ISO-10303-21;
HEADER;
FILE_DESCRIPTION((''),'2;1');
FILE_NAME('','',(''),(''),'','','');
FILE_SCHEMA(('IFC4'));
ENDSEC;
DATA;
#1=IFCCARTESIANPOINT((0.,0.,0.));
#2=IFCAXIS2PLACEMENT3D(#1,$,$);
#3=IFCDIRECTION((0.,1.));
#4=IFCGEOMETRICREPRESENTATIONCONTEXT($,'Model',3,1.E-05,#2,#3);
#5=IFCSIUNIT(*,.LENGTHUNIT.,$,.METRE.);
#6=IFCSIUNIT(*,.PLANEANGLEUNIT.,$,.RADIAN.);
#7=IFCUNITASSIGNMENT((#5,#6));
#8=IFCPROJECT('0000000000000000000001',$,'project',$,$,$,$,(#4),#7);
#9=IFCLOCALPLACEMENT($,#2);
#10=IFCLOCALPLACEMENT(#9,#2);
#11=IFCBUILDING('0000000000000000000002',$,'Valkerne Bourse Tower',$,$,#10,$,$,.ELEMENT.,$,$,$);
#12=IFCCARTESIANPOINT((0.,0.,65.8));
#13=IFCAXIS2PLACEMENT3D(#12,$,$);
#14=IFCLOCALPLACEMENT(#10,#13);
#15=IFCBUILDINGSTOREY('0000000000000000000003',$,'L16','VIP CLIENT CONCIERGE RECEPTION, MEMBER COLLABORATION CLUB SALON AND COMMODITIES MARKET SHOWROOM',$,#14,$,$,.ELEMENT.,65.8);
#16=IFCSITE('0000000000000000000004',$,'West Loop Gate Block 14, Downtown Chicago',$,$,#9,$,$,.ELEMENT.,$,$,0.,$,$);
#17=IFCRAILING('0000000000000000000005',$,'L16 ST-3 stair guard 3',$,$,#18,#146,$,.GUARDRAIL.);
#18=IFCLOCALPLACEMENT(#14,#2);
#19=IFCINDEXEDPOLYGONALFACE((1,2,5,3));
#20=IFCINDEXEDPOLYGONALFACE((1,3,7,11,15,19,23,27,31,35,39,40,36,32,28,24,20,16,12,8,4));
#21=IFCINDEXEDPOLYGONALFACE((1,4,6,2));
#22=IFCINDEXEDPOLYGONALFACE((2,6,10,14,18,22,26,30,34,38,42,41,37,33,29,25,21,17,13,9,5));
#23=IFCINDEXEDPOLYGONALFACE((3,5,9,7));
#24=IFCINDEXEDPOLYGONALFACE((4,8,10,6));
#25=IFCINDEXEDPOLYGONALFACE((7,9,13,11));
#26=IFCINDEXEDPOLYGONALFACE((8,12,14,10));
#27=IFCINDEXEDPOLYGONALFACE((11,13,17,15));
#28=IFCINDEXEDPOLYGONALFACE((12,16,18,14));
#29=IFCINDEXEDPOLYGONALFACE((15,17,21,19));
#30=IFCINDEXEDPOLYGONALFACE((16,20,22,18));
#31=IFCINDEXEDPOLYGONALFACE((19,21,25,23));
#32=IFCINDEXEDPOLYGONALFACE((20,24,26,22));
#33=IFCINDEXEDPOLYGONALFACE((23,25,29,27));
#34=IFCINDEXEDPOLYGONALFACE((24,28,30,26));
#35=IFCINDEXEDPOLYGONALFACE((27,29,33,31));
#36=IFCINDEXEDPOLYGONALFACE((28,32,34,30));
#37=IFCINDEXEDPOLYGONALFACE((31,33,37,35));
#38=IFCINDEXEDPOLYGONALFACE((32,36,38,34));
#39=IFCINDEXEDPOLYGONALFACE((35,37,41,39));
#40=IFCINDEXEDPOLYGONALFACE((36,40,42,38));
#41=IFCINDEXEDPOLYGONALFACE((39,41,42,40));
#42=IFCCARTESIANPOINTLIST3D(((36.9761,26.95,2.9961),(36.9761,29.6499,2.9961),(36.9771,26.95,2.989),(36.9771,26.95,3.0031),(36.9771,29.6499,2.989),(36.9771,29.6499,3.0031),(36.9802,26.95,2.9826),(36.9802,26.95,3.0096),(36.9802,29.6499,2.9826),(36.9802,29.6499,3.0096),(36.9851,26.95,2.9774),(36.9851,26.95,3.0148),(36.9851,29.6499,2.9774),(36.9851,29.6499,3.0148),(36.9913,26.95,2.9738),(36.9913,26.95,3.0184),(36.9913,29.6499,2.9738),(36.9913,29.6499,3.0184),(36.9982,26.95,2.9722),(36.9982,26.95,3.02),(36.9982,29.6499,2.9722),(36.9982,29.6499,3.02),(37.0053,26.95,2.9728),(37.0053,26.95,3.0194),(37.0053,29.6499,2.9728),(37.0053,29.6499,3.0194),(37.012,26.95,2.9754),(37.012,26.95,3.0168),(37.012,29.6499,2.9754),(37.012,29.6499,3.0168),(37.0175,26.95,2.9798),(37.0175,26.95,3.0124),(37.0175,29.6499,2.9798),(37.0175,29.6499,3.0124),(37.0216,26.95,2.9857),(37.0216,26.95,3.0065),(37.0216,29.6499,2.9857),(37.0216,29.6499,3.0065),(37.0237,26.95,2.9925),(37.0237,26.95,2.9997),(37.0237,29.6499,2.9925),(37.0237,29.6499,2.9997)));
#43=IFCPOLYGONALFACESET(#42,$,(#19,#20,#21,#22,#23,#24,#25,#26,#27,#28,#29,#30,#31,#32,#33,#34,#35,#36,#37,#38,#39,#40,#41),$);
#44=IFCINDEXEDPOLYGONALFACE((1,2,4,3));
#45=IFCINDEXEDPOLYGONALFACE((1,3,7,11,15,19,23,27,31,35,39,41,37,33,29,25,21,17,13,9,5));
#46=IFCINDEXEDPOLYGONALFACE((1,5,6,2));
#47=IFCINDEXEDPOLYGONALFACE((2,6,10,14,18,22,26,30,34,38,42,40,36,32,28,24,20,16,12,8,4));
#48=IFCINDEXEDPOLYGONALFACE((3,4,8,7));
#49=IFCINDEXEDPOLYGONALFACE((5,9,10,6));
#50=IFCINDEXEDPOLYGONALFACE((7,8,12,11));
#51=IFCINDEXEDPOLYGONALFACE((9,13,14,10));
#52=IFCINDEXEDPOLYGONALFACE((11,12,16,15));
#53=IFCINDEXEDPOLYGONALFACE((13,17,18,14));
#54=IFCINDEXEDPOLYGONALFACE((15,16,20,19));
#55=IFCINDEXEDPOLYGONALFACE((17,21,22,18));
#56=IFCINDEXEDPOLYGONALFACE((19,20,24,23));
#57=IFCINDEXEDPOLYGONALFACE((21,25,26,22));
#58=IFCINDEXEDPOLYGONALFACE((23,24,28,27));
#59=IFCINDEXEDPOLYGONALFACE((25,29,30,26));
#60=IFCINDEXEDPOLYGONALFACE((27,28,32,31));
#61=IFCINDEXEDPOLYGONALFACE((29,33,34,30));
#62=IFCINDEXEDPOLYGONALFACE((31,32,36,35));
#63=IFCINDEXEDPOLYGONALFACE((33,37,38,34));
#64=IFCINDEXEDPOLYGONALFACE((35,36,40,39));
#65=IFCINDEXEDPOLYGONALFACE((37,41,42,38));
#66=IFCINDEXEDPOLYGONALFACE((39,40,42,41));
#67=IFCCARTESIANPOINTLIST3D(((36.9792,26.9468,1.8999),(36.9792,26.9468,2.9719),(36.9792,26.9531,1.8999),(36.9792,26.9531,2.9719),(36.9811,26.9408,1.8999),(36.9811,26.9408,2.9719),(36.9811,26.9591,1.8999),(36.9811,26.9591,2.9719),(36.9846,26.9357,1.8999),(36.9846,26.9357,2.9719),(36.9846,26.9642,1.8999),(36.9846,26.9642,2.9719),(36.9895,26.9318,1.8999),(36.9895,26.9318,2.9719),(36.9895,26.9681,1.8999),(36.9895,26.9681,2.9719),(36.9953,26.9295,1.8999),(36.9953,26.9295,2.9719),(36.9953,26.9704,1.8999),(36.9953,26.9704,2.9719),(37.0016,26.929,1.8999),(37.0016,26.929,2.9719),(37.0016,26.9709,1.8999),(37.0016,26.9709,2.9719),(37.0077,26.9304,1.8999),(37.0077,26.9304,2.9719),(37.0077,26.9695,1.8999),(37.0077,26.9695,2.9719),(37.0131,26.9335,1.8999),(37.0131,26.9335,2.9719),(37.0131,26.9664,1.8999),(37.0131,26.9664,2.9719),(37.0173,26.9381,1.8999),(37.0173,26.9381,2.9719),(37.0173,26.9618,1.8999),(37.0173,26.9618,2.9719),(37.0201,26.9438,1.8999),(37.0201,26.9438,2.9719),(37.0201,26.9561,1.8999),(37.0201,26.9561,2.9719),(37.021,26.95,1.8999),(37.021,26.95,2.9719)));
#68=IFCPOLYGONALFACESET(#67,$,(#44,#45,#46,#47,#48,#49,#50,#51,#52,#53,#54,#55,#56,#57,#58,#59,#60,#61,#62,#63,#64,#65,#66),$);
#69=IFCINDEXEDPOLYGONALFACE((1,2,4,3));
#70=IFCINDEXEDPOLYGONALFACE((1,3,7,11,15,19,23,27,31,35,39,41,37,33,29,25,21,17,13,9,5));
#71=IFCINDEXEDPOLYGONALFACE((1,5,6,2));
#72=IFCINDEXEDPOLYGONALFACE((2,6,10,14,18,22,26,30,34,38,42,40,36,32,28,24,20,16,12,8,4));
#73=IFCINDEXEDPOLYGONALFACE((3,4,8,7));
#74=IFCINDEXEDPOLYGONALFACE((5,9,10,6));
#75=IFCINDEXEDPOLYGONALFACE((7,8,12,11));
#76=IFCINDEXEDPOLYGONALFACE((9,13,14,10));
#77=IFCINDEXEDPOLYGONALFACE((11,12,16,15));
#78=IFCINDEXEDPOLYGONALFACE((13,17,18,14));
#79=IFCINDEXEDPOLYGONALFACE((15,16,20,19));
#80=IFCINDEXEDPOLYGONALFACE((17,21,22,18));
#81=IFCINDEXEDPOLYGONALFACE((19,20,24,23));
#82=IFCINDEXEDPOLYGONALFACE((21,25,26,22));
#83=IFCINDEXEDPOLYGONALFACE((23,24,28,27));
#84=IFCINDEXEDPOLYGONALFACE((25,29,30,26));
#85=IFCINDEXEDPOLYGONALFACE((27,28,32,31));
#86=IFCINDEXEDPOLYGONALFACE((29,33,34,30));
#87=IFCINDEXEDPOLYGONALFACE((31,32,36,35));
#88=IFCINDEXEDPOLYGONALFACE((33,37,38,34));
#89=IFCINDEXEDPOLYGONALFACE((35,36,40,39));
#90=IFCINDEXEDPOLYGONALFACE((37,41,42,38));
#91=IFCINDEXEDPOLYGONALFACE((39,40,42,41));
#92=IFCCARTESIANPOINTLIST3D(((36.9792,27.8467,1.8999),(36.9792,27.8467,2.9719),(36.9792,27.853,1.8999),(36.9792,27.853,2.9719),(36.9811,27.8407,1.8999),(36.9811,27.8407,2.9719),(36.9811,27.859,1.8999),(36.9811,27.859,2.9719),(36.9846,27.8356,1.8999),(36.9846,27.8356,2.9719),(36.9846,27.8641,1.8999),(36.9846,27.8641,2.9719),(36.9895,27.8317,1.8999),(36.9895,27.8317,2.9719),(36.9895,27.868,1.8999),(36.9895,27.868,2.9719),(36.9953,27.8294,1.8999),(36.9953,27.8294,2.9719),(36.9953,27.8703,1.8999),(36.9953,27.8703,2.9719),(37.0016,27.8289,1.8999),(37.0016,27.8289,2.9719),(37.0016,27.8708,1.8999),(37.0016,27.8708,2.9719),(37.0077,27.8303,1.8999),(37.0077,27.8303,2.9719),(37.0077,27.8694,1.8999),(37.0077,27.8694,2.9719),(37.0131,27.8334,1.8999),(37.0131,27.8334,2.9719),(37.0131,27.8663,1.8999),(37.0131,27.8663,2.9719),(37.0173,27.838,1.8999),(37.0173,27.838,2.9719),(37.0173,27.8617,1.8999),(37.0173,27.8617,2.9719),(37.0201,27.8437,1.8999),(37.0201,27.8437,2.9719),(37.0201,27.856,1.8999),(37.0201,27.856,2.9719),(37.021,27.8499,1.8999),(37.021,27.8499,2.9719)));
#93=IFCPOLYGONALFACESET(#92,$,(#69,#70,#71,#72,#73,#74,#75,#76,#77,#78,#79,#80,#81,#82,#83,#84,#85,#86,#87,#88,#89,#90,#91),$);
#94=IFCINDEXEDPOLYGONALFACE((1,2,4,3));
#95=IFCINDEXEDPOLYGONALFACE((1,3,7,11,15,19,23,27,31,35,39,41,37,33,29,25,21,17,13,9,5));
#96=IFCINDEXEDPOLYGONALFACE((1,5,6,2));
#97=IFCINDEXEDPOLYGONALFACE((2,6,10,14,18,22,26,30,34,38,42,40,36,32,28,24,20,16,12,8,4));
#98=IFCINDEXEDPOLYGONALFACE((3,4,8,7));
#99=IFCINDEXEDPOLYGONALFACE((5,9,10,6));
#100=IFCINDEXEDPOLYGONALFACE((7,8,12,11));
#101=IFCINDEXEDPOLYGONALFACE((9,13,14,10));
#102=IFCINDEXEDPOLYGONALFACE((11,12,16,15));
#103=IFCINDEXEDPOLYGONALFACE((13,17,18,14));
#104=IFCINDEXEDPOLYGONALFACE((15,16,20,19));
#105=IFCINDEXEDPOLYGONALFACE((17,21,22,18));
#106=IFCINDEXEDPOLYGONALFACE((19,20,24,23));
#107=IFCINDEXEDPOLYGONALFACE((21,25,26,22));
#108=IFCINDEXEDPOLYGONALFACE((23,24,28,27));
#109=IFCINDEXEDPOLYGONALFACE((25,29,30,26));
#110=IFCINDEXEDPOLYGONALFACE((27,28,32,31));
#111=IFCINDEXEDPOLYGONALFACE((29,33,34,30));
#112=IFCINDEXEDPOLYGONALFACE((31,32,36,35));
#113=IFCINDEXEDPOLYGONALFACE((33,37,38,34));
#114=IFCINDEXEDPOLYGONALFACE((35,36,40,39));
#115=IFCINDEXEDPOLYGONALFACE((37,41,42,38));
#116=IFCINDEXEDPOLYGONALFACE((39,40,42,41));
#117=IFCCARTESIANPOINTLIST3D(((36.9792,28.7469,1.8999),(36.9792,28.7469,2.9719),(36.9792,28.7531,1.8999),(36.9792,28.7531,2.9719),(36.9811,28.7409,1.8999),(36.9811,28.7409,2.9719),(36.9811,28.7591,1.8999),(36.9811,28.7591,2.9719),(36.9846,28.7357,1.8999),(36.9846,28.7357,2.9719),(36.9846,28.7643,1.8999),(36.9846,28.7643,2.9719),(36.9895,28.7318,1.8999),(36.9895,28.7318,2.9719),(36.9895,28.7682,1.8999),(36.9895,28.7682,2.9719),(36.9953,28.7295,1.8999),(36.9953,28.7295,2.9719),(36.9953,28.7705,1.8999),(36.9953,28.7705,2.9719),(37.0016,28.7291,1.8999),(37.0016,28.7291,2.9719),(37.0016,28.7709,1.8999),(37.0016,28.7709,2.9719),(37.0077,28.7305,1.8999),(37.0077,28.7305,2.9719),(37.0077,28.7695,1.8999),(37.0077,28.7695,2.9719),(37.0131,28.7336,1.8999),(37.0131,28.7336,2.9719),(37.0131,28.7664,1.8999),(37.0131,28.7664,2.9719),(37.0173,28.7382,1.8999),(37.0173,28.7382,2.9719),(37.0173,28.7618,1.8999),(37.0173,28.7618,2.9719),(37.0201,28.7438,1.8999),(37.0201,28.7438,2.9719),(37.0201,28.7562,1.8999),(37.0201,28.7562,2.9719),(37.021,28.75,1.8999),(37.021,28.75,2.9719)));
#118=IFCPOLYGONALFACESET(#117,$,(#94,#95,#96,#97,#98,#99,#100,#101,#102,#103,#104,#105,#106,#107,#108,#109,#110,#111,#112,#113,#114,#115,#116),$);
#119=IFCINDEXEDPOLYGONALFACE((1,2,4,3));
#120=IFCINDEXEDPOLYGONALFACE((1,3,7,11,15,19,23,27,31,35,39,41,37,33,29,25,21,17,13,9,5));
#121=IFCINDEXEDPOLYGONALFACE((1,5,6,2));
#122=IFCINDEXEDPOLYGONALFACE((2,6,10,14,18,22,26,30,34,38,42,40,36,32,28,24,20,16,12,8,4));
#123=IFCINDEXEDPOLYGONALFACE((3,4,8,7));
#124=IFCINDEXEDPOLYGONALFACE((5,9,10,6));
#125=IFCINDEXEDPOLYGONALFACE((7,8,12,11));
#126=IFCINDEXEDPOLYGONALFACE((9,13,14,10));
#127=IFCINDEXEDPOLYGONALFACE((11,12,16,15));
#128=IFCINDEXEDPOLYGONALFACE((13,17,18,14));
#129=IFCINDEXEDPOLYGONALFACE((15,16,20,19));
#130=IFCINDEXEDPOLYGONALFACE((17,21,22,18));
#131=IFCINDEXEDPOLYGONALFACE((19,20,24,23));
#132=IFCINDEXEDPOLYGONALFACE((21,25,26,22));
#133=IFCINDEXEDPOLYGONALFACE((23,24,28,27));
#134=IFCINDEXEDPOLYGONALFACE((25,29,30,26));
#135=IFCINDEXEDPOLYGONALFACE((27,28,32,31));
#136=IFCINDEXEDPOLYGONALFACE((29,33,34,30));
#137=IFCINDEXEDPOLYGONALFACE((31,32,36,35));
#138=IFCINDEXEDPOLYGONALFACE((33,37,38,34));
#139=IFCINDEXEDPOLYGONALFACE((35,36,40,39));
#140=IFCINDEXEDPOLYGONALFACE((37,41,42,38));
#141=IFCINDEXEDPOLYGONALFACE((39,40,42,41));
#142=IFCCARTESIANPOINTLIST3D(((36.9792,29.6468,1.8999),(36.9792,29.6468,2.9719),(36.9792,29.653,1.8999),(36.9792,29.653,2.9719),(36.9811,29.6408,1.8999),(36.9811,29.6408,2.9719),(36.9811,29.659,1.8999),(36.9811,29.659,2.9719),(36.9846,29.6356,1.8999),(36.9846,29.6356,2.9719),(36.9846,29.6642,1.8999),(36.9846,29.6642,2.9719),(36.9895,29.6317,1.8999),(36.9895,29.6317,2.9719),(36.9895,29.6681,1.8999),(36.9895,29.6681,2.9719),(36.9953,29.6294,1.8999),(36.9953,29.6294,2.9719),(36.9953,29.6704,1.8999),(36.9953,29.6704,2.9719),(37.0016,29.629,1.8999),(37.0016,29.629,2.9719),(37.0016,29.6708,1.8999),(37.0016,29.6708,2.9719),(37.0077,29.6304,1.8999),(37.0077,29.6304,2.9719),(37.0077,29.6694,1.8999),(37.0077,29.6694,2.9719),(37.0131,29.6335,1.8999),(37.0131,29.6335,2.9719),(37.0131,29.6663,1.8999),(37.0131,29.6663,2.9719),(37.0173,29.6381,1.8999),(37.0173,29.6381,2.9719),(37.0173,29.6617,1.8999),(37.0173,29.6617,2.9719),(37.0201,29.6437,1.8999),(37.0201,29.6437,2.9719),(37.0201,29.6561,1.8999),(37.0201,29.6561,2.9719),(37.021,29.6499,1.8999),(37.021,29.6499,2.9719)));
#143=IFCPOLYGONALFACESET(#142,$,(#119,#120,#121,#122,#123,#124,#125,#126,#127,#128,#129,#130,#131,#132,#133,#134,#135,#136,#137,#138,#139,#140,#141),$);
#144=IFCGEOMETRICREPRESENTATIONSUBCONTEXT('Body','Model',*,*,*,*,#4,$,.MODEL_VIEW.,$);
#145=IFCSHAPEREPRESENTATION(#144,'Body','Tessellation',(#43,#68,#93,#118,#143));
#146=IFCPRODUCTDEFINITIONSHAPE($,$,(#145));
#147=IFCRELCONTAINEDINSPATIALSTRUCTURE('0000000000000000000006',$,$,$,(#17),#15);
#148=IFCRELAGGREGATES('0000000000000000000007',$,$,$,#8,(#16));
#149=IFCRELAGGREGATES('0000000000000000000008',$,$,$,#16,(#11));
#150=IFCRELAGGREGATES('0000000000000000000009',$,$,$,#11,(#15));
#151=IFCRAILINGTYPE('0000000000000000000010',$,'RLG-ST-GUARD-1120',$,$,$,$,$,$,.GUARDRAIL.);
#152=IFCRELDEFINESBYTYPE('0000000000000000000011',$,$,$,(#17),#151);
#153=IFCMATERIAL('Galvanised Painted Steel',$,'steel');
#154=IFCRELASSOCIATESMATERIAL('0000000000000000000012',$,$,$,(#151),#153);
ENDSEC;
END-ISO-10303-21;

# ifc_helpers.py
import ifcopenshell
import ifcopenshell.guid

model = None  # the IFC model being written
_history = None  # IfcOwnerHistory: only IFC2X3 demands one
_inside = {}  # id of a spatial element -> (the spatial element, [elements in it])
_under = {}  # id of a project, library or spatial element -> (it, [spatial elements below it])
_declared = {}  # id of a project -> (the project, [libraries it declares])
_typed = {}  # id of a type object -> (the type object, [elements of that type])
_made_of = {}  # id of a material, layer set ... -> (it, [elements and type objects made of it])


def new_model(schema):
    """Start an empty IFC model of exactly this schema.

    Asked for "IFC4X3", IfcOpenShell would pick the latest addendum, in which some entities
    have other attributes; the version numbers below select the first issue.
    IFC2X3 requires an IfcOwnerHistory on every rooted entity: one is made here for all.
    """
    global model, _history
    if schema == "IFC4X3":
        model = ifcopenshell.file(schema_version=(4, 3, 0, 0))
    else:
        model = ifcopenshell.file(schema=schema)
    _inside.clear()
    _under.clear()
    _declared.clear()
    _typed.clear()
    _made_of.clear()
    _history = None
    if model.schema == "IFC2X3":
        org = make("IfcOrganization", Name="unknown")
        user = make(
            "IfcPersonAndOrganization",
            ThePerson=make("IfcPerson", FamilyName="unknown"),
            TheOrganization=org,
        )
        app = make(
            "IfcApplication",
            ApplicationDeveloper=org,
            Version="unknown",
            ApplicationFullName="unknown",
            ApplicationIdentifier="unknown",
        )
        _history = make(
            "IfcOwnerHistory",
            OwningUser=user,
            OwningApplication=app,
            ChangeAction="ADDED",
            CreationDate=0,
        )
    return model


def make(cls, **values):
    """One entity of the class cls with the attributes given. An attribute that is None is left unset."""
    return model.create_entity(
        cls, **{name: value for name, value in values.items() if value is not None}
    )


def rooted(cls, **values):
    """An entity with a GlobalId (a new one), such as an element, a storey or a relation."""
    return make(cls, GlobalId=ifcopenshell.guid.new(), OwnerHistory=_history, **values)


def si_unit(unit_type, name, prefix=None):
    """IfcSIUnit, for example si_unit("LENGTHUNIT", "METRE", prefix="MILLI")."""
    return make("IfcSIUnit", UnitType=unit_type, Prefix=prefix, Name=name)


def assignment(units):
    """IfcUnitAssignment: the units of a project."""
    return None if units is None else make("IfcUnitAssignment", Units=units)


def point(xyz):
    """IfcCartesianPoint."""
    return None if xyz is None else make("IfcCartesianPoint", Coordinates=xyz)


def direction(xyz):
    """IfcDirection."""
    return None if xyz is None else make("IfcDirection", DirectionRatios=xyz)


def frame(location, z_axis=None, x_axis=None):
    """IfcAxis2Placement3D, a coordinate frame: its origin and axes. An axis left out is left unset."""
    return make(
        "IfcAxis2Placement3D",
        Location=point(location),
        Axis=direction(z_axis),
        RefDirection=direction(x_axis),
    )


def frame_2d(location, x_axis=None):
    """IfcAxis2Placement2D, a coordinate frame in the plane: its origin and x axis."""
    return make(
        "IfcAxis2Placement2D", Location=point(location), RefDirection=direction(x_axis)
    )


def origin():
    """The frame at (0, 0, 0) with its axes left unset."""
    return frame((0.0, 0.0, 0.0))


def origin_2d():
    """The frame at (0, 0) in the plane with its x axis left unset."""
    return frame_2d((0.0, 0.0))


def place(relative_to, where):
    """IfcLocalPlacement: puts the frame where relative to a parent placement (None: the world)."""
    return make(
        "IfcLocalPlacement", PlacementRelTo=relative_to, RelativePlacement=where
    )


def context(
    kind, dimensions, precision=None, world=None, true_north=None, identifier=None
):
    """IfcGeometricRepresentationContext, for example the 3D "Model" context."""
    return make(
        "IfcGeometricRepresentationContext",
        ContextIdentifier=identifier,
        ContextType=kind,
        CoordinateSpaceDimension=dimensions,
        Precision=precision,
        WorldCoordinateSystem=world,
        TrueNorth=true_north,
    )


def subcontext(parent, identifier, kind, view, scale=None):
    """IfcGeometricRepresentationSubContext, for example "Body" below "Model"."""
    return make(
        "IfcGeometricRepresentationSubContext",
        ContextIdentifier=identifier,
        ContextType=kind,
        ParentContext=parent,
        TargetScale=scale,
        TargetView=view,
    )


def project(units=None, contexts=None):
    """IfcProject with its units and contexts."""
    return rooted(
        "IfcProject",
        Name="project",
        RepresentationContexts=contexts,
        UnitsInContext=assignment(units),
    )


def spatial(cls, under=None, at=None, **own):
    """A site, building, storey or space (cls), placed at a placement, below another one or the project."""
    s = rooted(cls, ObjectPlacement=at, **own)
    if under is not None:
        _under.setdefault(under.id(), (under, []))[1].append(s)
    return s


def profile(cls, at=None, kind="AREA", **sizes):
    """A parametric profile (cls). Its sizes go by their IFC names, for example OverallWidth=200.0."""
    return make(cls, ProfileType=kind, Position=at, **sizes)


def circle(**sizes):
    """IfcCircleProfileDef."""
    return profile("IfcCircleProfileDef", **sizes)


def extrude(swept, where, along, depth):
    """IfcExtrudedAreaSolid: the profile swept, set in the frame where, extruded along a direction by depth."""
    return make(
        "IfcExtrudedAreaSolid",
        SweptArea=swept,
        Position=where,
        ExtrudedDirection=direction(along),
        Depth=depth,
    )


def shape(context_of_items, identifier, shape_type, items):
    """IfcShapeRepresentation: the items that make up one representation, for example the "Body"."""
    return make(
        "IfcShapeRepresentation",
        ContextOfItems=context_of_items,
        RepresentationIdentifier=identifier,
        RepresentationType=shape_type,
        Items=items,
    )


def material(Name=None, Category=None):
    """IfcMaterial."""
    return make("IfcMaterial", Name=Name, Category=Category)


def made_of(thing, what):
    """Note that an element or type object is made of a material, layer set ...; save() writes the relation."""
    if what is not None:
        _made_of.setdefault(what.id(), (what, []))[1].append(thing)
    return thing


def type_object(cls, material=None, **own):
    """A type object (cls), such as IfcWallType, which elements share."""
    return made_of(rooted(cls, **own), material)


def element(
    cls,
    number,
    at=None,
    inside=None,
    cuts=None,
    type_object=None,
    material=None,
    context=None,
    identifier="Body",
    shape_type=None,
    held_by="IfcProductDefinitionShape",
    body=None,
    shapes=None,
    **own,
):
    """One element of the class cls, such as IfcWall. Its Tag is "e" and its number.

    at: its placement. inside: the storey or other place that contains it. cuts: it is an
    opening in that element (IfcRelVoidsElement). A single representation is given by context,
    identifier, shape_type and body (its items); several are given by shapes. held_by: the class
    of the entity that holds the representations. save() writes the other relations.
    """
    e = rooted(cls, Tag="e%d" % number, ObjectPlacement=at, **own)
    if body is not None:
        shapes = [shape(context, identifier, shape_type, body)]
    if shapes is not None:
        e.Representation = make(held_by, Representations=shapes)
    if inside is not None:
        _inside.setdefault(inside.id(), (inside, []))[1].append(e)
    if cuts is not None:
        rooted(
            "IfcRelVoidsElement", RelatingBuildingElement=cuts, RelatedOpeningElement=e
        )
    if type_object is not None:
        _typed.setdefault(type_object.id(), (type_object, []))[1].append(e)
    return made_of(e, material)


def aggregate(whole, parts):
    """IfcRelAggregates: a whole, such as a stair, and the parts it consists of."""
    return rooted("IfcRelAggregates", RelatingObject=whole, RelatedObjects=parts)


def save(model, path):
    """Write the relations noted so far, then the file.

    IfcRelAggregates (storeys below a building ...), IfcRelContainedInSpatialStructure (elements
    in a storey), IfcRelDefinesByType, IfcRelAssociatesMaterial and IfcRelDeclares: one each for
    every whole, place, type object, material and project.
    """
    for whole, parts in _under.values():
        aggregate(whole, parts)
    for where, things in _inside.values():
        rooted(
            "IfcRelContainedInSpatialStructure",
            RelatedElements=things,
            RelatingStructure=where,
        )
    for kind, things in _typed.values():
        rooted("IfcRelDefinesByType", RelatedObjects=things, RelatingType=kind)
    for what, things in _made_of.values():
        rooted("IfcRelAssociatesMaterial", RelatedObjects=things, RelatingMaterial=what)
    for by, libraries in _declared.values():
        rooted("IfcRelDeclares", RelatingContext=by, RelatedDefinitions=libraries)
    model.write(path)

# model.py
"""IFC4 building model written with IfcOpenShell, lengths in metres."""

from ifc_helpers import new_model, si_unit, direction, frame, origin, origin_2d, place, context, subcontext, project, spatial, circle, extrude, material, type_object, element, save


model = new_model("IFC4")

# Units and contexts
model_context = context("Model", 3, precision=1e-05, world=origin(), true_north=direction((0.0, 1.0)))
body_context = subcontext(model_context, "Body", "Model", "MODEL_VIEW")
ifc_project = project(units=[si_unit("LENGTHUNIT", "METRE"), si_unit("PLANEANGLEUNIT", "RADIAN")], contexts=[model_context])

# Site, building, storey
site_placement = place(None, origin())
site = spatial("IfcSite", under=ifc_project, at=site_placement, Name="West Loop Gate Block 14, Downtown Chicago", CompositionType="ELEMENT", RefElevation=0.0)
building_placement = place(site_placement, origin())
building = spatial("IfcBuilding", under=site, at=building_placement, Name="Valkerne Bourse Tower", CompositionType="ELEMENT")
storey_placement = place(building_placement, frame((0.0, 0.0, 65.8)))
storey = spatial("IfcBuildingStorey", under=building, at=storey_placement, Name="L16", Description="VIP CLIENT CONCIERGE RECEPTION, MEMBER COLLABORATION CLUB SALON AND COMMODITIES MARKET SHOWROOM", CompositionType="ELEMENT", Elevation=65.8)

# Shared definitions
ifc_material_1 = material(Name="Galvanised Painted Steel", Category="steel")

# Railing
railing_type_1 = type_object("IfcRailingType", Name="RLG-ST-GUARD-1120", PredefinedType="GUARDRAIL", material=ifc_material_1)
railing_1_placement = place(storey_placement, frame((37.0, 26.95, 1.8999)))
element("IfcRailing", 1, at=railing_1_placement, inside=storey, type_object=railing_type_1, Name="L16 ST-3 stair guard 3", PredefinedType="GUARDRAIL", context=body_context, shape_type="SweptSolid", body=[
    extrude(circle(Radius=0.0239, at=origin_2d()), frame((0.0, 0.0, 1.0962), z_axis=(0.0, 1.0, 0.0), x_axis=(-1.0, 0.0, 0.0)), (0.0, 0.0, 1.0), 2.7),
    extrude(circle(Radius=0.021, at=origin_2d()), origin(), (0.0, 0.0, 1.0), 1.072),
    extrude(circle(Radius=0.021, at=origin_2d()), frame((0.0, 0.8999, 0.0)), (0.0, 0.0, 1.0), 1.072),
    extrude(circle(Radius=0.021, at=origin_2d()), frame((0.0, 1.8, 0.0)), (0.0, 0.0, 1.0), 1.072),
    extrude(circle(Radius=0.021, at=origin_2d()), frame((0.0, 2.7, 0.0)), (0.0, 0.0, 1.0), 1.072),
])

save(model, "model.ifc")
